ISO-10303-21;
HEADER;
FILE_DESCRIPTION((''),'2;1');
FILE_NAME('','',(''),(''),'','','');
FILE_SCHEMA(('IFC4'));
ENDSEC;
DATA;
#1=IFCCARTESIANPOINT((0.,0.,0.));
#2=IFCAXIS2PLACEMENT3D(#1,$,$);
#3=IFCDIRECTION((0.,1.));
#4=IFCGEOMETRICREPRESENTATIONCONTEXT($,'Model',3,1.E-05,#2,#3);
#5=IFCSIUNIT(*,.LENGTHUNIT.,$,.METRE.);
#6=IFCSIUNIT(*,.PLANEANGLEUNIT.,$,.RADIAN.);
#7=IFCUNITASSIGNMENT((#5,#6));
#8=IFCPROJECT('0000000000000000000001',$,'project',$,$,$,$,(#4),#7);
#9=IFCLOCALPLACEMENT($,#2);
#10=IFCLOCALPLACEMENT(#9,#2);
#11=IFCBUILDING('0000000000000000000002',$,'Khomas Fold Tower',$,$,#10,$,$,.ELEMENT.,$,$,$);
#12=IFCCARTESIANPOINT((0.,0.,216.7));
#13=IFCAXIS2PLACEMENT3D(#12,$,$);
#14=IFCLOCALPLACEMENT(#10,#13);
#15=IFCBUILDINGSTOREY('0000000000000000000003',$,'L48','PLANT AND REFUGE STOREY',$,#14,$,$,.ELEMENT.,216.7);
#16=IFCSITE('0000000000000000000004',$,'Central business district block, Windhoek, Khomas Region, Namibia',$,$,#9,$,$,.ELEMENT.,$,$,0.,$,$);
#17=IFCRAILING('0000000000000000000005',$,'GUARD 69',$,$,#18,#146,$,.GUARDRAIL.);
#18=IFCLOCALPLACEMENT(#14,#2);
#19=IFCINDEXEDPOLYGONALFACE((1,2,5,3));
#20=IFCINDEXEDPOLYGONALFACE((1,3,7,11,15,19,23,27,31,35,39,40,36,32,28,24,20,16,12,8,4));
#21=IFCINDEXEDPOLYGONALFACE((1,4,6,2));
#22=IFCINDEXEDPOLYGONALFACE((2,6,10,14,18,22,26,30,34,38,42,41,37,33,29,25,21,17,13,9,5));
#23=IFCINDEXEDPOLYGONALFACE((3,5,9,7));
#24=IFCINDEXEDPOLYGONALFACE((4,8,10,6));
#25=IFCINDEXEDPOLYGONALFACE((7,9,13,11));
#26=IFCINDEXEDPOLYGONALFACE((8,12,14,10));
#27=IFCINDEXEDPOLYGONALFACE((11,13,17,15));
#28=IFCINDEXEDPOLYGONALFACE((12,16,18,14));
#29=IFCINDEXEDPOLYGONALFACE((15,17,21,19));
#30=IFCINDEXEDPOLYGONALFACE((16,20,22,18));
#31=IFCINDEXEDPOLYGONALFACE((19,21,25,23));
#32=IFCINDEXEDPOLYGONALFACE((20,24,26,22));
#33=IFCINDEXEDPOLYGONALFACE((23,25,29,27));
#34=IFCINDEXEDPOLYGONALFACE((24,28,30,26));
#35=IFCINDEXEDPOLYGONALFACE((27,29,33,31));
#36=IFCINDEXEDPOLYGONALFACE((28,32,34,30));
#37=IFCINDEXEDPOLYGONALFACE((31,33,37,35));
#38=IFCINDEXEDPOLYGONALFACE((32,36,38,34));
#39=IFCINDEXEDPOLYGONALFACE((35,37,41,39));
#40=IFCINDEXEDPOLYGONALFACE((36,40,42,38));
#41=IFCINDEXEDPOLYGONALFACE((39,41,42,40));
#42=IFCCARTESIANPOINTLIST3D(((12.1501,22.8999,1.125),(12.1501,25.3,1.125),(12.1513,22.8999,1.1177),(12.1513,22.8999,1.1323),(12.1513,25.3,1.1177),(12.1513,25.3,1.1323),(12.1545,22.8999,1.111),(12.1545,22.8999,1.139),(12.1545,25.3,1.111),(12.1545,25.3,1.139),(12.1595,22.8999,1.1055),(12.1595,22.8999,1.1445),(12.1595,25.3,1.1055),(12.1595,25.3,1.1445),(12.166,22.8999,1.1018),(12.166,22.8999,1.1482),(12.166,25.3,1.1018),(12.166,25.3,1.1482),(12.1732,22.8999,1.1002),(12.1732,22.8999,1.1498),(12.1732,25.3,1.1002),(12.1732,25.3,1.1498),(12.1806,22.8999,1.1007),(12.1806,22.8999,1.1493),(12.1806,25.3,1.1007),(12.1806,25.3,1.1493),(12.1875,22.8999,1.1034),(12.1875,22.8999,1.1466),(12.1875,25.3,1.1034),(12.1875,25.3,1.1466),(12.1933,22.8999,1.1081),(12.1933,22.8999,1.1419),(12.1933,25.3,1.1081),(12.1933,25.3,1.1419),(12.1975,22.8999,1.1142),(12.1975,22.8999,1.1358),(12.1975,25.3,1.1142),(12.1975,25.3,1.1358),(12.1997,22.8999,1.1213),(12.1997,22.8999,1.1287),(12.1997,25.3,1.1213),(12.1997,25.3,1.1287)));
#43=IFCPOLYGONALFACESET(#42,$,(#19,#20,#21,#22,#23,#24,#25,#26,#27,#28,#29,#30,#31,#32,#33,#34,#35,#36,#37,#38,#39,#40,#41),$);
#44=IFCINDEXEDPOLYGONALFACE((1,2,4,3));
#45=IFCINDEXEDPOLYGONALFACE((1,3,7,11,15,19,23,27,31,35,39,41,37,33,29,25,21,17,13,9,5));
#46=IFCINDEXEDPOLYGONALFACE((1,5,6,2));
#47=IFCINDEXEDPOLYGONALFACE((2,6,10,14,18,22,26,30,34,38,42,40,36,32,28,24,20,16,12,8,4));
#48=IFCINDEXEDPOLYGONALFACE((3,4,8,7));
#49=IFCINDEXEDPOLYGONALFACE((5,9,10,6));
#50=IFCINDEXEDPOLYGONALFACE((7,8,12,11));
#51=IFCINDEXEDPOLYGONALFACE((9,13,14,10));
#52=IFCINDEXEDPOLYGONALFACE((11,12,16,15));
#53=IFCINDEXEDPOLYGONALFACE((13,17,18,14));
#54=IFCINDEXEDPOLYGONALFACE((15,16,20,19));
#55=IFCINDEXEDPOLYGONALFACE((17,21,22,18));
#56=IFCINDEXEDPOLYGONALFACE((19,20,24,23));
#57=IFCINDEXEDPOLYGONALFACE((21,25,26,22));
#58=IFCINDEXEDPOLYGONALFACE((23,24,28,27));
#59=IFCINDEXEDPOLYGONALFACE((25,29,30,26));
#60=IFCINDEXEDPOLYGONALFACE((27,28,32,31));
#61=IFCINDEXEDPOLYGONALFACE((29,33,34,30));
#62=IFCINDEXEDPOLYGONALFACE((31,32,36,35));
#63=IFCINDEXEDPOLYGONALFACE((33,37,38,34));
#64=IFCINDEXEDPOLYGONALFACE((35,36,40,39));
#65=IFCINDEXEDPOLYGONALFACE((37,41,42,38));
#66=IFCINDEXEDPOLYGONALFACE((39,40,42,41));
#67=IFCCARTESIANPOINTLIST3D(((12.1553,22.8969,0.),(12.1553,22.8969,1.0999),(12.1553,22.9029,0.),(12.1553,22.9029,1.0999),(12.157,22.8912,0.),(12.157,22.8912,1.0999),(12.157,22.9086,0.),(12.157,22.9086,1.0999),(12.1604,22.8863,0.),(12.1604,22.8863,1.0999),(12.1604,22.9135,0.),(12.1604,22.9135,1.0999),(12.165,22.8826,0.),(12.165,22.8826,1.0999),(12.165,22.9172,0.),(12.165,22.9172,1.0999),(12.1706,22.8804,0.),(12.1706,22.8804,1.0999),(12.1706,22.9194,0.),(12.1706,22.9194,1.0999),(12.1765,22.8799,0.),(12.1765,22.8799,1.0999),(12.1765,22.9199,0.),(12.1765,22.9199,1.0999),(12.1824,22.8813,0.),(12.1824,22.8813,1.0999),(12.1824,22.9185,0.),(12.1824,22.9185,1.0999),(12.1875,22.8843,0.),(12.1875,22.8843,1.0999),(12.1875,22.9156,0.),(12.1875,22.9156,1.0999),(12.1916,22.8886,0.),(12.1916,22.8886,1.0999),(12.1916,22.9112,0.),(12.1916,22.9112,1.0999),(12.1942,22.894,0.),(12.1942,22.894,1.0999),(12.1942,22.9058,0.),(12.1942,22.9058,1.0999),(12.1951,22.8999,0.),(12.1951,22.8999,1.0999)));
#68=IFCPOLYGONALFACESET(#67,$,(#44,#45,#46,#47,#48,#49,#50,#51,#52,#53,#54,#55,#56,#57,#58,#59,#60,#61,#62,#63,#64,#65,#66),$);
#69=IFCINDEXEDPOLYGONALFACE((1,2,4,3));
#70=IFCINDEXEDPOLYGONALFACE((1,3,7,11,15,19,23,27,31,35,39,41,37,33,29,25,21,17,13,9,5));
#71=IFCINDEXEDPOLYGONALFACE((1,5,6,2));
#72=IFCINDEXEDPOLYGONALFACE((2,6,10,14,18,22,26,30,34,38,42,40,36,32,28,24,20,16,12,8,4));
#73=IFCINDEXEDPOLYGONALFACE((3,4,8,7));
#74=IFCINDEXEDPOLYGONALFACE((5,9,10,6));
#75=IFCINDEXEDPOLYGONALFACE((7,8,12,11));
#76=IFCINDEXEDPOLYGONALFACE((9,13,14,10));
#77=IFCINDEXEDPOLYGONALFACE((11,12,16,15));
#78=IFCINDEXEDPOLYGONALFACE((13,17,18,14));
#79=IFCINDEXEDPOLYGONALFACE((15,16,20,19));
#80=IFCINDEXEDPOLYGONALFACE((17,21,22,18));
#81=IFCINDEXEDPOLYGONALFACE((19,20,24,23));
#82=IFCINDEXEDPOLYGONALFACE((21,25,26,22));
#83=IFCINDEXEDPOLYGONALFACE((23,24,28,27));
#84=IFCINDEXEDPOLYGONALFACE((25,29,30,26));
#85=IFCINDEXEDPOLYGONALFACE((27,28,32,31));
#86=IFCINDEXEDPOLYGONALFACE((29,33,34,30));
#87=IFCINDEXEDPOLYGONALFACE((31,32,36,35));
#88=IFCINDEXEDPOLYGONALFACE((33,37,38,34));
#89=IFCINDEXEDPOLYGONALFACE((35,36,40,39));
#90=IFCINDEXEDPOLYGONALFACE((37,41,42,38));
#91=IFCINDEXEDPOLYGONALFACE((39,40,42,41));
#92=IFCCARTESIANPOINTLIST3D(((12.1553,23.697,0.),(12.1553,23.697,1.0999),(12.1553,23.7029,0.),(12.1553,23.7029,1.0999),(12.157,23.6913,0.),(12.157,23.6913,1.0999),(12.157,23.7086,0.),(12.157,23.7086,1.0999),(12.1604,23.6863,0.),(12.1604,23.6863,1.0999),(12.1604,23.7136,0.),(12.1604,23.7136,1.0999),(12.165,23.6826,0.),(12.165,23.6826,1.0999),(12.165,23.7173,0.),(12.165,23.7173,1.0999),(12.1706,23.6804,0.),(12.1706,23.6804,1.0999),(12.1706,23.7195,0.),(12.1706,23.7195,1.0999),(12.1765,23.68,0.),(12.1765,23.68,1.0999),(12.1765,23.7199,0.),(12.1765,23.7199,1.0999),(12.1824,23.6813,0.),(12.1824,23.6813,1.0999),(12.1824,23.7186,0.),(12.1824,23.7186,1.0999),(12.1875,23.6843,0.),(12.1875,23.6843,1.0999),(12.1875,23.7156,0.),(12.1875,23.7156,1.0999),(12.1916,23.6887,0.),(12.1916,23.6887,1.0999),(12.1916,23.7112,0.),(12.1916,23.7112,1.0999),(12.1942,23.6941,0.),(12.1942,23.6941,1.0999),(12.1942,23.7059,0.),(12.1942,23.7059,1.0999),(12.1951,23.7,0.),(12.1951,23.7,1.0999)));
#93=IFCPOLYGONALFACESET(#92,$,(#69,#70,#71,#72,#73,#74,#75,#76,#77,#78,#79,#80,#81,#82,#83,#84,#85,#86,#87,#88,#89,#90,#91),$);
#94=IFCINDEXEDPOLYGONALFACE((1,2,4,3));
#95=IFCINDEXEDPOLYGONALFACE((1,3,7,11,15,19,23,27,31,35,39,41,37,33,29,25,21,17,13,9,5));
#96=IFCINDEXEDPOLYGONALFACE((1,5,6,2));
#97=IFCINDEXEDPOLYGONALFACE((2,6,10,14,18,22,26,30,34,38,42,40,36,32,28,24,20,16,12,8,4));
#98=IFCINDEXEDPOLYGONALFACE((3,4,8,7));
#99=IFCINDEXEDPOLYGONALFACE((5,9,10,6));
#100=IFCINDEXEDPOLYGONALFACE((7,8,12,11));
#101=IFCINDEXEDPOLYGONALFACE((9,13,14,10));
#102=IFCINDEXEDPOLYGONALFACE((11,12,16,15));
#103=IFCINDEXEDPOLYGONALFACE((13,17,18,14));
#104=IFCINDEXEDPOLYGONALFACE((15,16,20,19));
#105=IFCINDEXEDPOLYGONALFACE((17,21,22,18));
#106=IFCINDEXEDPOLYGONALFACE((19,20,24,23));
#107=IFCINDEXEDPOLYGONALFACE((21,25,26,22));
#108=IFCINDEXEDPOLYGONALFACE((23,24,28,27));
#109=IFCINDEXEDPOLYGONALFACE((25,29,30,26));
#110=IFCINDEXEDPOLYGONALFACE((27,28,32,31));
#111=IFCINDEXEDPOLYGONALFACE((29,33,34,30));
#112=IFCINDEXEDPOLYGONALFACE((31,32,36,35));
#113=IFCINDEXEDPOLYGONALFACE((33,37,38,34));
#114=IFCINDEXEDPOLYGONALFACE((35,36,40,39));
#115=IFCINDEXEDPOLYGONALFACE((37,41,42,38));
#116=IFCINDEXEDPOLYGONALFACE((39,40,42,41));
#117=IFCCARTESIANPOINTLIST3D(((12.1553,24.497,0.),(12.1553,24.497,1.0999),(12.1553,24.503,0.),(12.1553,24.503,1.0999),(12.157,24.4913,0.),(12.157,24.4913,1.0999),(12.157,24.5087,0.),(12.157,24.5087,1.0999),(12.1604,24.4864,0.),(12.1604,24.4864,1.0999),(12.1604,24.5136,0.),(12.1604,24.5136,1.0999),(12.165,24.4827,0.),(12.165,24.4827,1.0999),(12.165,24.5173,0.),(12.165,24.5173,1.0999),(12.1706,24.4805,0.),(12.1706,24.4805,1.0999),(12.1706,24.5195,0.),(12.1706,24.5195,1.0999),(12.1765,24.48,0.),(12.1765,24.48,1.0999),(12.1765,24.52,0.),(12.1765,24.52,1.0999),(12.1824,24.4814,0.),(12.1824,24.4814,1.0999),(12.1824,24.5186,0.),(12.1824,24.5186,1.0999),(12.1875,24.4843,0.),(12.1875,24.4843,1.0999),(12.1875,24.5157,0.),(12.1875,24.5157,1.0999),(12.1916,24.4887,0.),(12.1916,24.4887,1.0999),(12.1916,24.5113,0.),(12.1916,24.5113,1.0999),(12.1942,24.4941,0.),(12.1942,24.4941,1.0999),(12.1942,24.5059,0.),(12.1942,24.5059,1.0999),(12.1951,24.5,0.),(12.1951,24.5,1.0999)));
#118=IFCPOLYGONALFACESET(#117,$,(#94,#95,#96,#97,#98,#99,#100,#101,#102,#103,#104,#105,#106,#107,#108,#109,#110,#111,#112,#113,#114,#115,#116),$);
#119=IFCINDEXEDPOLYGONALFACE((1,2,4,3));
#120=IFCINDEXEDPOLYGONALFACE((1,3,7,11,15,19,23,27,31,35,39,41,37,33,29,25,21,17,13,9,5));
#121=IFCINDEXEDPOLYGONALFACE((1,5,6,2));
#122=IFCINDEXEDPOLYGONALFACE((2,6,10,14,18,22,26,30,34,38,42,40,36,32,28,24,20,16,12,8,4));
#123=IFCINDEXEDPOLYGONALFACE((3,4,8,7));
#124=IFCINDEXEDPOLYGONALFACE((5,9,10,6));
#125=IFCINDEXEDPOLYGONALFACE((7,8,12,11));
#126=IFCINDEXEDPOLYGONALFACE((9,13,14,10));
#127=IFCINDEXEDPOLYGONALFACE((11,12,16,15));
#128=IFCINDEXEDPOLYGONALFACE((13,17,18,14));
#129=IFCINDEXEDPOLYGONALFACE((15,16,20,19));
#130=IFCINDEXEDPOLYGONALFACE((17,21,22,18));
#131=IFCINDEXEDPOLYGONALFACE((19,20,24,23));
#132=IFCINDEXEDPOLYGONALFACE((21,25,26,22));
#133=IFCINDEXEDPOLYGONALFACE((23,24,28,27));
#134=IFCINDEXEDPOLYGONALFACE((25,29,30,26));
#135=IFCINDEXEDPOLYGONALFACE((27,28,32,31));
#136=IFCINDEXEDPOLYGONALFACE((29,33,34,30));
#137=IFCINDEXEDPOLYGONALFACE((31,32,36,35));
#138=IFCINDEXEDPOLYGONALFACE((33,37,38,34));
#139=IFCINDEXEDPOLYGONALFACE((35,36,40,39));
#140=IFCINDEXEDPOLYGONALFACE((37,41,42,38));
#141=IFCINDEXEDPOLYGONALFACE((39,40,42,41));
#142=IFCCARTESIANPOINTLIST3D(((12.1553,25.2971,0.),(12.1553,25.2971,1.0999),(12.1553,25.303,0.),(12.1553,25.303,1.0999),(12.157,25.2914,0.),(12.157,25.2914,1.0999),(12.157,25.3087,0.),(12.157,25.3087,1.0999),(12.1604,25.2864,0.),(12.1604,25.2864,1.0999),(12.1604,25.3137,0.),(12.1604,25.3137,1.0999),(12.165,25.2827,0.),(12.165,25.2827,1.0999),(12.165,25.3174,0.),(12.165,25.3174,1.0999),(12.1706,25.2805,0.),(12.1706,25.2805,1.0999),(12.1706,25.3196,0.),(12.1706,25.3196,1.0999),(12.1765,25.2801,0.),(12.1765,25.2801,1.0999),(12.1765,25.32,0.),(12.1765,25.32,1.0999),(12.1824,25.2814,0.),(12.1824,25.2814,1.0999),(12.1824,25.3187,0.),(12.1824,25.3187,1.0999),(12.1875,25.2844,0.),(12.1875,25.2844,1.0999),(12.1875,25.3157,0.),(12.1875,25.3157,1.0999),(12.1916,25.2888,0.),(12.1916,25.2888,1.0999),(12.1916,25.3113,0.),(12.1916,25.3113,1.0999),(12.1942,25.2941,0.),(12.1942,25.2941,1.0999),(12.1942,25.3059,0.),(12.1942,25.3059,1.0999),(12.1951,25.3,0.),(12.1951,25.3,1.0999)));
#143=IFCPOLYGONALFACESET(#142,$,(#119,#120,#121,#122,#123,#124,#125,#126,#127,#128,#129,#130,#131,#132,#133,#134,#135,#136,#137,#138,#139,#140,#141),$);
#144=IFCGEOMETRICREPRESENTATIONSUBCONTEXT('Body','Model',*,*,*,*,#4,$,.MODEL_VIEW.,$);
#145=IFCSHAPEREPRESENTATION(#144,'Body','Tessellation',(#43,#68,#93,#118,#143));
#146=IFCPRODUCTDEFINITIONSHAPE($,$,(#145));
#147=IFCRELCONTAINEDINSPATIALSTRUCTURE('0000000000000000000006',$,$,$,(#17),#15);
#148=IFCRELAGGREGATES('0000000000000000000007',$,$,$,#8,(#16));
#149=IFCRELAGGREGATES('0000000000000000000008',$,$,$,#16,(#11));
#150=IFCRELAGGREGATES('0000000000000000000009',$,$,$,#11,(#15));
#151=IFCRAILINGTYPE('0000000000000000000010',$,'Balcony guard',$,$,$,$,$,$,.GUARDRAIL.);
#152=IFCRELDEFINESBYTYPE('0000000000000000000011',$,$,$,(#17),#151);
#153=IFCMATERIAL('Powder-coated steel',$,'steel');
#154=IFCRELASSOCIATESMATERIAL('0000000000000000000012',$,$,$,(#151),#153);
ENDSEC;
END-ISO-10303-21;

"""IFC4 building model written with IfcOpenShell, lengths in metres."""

from ifc_helpers import new_model, si_unit, direction, frame, origin, origin_2d, place, context, subcontext, project, spatial, circle, extrude, source, transform, mapped, material, type_object, element, save


model = new_model("IFC4")

# Units and contexts
model_context = context("Model", 3, precision=1e-05, world=origin(), true_north=direction((0.0, 1.0)))
body_context = subcontext(model_context, "Body", "Model", "MODEL_VIEW")
ifc_project = project(units=[si_unit("LENGTHUNIT", "METRE"), si_unit("PLANEANGLEUNIT", "RADIAN")], contexts=[model_context])

# Site, building, storey
site_placement = place(None, origin())
site = spatial("IfcSite", under=ifc_project, at=site_placement, Name="Central business district block, Windhoek, Khomas Region, Namibia", CompositionType="ELEMENT", RefElevation=0.0)
building_placement = place(site_placement, origin())
building = spatial("IfcBuilding", under=site, at=building_placement, Name="Khomas Fold Tower", CompositionType="ELEMENT")
storey_placement = place(building_placement, frame((0.0, 0.0, 216.7)))
storey = spatial("IfcBuildingStorey", under=building, at=storey_placement, Name="L48", Description="PLANT AND REFUGE STOREY", CompositionType="ELEMENT", Elevation=216.7)

# Railing
ifc_material_1 = material(Name="Powder-coated steel", Category="steel")
railing_type = type_object("IfcRailingType", Name="Balcony guard", PredefinedType="GUARDRAIL", material=ifc_material_1)
shared_shape_1 = source(origin(), body_context, "Body", "SweptSolid", [
    extrude(circle(Radius=0.0249, at=origin_2d()), frame((0.0, 0.0, 1.125), z_axis=(0.0, 1.0, 0.0), x_axis=(-1.0, 0.0, 0.0)), (0.0, 0.0, 1.0), 2.4001),
    extrude(circle(Radius=0.02, at=origin_2d()), origin(), (0.0, 0.0, 1.0), 1.0999),
    extrude(circle(Radius=0.02, at=origin_2d()), frame((0.0, 0.8, 0.0)), (0.0, 0.0, 1.0), 1.0999),
    extrude(circle(Radius=0.02, at=origin_2d()), frame((0.0, 1.6001, 0.0)), (0.0, 0.0, 1.0), 1.0999),
    extrude(circle(Radius=0.02, at=origin_2d()), frame((0.0, 2.4001, 0.0)), (0.0, 0.0, 1.0), 1.0999),
])
for number, where, name in (
    (1, (12.175, 22.8999, 0.0), "GUARD 69"),
):
    element("IfcRailing", number, at=place(storey_placement, frame(where)), inside=storey, type_object=railing_type, Name=name, PredefinedType="GUARDRAIL", context=body_context, shape_type="MappedRepresentation", body=[
        mapped(shared_shape_1, transform((0.0, 0.0, 0.0))),
    ])

save(model, "model.ifc")
